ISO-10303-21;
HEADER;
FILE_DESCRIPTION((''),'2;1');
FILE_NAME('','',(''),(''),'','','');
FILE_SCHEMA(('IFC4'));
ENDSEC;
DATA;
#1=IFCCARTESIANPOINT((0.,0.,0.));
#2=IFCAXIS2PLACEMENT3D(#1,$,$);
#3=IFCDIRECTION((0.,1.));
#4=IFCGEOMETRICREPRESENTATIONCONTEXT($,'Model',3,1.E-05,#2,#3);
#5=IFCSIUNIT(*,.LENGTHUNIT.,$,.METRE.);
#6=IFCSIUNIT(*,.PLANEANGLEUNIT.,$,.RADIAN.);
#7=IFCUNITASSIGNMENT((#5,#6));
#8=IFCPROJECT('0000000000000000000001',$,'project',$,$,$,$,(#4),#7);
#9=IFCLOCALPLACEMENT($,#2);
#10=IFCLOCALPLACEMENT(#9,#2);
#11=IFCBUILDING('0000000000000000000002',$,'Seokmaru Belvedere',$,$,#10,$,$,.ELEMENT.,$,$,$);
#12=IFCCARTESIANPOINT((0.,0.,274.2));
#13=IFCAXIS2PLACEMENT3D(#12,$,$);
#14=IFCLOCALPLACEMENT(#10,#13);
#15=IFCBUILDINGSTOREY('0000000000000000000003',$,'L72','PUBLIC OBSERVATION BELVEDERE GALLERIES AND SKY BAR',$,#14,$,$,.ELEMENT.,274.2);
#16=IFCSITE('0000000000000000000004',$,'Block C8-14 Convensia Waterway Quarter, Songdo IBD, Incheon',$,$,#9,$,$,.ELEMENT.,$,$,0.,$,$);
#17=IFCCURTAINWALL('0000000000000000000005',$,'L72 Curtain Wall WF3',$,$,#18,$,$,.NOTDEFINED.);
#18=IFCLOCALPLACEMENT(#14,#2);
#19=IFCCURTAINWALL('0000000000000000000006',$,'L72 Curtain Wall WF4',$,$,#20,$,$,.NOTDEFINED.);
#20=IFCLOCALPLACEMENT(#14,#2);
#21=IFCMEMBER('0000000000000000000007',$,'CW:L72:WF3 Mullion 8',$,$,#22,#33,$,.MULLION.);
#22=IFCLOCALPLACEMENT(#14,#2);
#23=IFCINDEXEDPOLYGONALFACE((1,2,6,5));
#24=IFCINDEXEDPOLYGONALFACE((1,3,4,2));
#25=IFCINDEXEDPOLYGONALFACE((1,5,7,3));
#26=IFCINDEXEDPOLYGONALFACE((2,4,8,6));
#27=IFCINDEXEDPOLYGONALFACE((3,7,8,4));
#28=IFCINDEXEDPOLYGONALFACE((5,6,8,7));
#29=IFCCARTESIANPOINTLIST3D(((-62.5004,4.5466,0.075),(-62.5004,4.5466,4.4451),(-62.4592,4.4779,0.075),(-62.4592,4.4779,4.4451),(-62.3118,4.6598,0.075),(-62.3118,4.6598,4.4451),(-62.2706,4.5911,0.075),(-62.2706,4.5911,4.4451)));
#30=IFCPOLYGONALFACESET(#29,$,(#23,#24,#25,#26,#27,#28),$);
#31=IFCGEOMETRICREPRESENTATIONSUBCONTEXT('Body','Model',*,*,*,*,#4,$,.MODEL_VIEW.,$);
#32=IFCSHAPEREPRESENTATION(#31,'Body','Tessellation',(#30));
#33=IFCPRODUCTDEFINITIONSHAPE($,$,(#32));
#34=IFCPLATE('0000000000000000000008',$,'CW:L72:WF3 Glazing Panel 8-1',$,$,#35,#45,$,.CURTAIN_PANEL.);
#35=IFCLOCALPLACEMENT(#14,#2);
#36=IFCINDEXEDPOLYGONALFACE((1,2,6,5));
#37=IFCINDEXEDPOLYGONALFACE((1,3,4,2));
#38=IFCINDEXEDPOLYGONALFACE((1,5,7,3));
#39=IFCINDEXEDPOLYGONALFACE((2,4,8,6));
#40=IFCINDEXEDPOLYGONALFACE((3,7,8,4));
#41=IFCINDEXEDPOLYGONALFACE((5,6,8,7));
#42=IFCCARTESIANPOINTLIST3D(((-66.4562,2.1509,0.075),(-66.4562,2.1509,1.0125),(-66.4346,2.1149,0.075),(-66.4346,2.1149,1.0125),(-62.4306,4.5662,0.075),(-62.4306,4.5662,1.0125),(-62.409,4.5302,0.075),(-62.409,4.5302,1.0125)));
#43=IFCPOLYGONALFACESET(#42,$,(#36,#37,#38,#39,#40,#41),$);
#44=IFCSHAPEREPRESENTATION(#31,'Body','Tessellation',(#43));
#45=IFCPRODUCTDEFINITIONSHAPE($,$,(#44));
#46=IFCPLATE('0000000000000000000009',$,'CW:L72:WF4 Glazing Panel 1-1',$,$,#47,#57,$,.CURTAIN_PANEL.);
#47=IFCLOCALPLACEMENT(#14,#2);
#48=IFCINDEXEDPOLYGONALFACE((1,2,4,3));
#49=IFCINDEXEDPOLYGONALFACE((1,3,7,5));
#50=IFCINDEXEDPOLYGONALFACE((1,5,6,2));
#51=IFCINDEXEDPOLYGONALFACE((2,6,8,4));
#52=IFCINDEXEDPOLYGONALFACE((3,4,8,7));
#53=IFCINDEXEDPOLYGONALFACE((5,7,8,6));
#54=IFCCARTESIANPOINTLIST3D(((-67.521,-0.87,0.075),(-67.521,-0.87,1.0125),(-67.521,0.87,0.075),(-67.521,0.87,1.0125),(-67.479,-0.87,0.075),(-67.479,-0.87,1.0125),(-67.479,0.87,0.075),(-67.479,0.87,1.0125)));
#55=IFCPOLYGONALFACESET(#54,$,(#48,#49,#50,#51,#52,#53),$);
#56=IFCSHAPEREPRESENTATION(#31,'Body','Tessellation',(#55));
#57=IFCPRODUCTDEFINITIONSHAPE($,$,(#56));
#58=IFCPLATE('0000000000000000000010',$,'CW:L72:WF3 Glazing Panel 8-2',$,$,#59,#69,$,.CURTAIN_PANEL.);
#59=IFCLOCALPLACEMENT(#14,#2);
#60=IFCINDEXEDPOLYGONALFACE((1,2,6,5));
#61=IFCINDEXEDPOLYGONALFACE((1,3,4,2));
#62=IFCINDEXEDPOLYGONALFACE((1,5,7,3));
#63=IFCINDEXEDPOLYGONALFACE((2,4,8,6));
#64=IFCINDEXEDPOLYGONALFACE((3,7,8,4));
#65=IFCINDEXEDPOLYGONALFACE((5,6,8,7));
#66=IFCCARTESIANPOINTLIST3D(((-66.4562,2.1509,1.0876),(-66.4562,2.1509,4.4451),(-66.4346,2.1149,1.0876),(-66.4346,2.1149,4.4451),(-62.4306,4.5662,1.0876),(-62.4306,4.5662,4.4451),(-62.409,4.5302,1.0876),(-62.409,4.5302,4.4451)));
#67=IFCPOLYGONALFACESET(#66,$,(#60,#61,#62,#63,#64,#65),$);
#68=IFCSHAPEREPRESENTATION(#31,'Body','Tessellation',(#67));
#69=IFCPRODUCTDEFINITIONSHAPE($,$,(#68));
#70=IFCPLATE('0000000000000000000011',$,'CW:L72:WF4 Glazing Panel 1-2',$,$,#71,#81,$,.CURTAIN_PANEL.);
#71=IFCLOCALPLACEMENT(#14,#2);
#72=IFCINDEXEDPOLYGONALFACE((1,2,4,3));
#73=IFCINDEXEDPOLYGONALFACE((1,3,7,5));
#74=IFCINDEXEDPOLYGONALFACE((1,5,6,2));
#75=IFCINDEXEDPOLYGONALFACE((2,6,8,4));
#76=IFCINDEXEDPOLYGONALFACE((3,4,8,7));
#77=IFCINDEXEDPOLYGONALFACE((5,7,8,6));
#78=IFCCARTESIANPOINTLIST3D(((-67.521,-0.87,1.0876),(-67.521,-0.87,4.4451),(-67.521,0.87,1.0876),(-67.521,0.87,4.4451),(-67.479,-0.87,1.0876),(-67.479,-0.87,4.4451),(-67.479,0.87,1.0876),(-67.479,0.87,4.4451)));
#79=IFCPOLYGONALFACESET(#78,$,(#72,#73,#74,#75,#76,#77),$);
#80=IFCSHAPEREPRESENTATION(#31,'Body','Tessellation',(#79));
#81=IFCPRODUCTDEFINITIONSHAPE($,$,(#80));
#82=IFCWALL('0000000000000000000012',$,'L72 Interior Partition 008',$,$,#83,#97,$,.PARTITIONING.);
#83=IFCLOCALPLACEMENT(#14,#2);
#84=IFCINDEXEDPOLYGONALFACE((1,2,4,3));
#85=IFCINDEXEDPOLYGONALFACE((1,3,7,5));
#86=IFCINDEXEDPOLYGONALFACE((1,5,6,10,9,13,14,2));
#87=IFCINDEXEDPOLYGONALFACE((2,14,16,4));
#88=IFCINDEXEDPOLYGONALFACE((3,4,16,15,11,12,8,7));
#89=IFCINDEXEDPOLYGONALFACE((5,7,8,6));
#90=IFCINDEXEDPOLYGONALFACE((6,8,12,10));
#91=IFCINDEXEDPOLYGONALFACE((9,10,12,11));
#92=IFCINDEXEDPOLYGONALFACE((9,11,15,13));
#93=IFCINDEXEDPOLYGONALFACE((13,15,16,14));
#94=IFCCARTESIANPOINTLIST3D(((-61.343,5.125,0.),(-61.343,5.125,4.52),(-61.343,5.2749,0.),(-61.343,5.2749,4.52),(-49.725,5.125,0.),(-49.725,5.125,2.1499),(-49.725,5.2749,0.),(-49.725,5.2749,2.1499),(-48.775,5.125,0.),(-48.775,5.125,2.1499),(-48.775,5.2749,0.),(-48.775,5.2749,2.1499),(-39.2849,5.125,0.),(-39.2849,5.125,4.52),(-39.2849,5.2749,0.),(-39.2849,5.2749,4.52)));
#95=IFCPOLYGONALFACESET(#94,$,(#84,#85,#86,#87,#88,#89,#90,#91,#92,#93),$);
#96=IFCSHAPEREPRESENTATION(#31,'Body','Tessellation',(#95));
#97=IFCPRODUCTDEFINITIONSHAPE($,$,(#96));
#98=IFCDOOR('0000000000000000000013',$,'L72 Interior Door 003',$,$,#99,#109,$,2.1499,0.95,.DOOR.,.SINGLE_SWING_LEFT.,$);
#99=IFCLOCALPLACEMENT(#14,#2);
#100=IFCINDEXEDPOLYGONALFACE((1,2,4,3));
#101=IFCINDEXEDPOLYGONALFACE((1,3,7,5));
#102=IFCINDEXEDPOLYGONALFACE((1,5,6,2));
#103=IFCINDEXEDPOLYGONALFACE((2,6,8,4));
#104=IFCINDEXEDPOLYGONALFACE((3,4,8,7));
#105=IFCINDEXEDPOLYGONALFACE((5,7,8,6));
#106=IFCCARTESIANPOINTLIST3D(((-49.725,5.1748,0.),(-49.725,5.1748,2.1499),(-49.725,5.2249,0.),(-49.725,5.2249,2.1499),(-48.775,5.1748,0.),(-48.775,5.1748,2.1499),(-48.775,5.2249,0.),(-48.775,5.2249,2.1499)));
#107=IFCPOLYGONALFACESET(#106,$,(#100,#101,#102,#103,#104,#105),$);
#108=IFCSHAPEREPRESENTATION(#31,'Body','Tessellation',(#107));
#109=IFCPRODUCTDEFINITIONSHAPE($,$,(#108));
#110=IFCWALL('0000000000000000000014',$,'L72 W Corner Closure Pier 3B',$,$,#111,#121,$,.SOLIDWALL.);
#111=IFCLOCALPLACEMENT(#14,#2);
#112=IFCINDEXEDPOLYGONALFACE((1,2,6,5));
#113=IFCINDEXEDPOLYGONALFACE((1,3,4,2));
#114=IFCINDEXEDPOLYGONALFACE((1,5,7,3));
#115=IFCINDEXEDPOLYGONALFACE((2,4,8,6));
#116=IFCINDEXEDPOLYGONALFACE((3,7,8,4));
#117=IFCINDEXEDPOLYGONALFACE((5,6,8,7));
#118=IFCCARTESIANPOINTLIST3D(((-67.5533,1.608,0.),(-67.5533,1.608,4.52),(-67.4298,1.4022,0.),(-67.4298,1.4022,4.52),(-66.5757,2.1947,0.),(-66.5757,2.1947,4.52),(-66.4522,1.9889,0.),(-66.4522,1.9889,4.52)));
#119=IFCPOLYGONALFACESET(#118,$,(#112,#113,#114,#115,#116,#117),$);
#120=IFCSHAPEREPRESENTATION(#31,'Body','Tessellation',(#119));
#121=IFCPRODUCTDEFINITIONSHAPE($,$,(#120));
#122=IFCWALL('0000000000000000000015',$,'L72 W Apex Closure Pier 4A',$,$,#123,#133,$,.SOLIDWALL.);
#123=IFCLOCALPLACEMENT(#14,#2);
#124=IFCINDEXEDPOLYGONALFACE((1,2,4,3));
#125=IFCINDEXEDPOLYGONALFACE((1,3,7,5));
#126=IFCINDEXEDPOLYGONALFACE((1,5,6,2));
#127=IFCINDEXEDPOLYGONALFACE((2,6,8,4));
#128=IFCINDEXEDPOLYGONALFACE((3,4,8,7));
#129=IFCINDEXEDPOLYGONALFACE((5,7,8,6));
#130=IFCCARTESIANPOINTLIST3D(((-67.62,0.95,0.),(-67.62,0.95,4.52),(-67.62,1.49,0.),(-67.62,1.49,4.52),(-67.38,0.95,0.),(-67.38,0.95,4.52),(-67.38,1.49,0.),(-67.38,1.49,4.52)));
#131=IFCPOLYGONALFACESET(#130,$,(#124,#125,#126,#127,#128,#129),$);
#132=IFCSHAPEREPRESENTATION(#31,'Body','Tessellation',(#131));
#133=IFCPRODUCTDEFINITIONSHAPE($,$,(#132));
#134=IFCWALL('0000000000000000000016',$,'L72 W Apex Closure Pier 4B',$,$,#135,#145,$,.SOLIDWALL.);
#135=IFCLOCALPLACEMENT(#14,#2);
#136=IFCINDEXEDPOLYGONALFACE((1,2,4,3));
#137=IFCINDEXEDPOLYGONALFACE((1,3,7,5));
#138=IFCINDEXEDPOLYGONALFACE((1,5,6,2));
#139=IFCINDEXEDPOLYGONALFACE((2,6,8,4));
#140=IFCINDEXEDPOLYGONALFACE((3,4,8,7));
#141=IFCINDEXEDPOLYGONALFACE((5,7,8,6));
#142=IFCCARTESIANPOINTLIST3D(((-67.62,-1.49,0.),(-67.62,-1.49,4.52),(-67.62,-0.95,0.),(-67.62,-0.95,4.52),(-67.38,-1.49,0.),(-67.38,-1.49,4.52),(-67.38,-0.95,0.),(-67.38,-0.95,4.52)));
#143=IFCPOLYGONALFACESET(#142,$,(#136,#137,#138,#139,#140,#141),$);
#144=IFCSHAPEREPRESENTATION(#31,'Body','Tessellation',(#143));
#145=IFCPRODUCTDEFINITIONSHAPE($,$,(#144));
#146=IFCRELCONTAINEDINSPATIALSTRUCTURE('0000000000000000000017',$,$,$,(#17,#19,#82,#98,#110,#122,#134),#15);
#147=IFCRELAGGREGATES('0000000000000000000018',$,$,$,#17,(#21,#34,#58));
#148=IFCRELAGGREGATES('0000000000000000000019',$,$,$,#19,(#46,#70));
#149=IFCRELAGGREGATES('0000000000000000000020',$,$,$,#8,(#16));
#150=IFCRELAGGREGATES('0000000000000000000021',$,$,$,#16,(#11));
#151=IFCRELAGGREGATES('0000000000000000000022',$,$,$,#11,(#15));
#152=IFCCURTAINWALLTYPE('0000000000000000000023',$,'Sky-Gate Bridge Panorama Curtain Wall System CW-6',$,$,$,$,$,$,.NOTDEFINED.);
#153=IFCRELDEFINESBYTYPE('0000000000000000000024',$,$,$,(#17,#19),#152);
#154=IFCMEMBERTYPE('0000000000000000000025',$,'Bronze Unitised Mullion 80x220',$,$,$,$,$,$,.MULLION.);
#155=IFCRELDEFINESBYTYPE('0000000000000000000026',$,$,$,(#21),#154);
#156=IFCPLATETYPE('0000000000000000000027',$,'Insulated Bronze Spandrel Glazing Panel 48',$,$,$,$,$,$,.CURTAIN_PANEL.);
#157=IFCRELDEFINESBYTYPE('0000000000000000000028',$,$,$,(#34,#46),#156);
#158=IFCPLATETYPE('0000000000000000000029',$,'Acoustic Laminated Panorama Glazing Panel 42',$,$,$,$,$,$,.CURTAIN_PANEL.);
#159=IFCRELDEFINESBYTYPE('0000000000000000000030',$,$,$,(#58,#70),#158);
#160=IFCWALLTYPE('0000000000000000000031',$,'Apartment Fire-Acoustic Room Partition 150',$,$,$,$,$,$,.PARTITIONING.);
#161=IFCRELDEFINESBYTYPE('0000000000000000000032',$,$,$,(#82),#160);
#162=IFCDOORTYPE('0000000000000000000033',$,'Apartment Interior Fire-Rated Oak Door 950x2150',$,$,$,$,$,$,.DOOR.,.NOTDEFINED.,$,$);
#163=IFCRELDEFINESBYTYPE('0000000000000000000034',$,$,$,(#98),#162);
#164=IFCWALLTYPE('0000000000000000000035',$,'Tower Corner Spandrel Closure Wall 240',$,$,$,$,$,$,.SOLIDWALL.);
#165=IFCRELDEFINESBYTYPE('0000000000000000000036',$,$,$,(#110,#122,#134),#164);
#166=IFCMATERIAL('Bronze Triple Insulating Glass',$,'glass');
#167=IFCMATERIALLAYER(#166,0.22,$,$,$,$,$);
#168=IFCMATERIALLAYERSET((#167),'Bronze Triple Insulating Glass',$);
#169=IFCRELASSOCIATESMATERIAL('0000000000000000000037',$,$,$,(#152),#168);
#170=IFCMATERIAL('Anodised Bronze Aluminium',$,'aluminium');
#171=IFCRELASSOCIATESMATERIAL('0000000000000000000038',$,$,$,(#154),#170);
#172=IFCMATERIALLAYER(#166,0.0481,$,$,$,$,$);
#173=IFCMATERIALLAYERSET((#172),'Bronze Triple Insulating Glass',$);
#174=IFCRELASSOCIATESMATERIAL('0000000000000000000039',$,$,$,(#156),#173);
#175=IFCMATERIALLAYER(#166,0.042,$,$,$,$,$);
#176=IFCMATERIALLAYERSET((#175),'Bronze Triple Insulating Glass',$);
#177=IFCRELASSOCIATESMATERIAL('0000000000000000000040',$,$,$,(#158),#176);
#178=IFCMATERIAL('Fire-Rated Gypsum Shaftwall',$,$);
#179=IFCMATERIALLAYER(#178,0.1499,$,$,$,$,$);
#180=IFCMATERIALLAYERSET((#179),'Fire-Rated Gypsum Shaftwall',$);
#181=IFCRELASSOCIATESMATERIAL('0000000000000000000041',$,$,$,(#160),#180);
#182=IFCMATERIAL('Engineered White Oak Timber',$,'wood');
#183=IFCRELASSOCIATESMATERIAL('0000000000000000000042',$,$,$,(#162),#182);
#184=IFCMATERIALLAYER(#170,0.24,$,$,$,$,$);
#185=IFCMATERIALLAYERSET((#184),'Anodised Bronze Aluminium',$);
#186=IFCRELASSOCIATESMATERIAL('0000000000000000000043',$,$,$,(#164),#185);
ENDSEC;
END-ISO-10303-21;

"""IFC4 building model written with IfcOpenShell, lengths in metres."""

from ifc_helpers import new_model, si_unit, direction, frame, frame_2d, origin, origin_2d, place, context, subcontext, project, spatial, rectangle, extrude, source, transform, mapped, material, layer, layer_set, material_profile, profile_set, type_object, type_shapes, element, fill, aggregate, save


model = new_model("IFC4")

# Units and contexts
model_context = context("Model", 3, precision=1e-05, world=origin(), true_north=direction((0.0, 1.0)))
body_context = subcontext(model_context, "Body", "Model", "MODEL_VIEW")
ifc_project = project(units=[si_unit("LENGTHUNIT", "METRE"), si_unit("PLANEANGLEUNIT", "RADIAN")], contexts=[model_context])

# Site, building, storey
site_placement = place(None, origin())
site = spatial("IfcSite", under=ifc_project, at=site_placement, Name="Block C8-14 Convensia Waterway Quarter, Songdo IBD, Incheon", CompositionType="ELEMENT", RefElevation=0.0)
building_placement = place(site_placement, origin())
building = spatial("IfcBuilding", under=site, at=building_placement, Name="Seokmaru Belvedere", CompositionType="ELEMENT")
storey_placement = place(building_placement, frame((0.0, 0.0, 274.2)))
storey = spatial("IfcBuildingStorey", under=building, at=storey_placement, Name="L72", Description="PUBLIC OBSERVATION BELVEDERE GALLERIES AND SKY BAR", CompositionType="ELEMENT", Elevation=274.2)

# Curtain wall
ifc_material_1 = material(Name="Bronze Triple Insulating Glass", Category="glass")
ifc_layer_1 = layer(ifc_material_1, 0.22)
ifc_layer_set_1 = layer_set([ifc_layer_1], Name="Bronze Triple Insulating Glass")
curtain_wall_type = type_object("IfcCurtainWallType", Name="Sky-Gate Bridge Panorama Curtain Wall System CW-6", PredefinedType="NOTDEFINED", material=ifc_layer_set_1)
curtain_wall_1_placement = place(storey_placement, origin())
curtain_wall_1 = element("IfcCurtainWall", 1, at=curtain_wall_1_placement, inside=storey, type_object=curtain_wall_type, Name="L72 Curtain Wall WF3", PredefinedType="NOTDEFINED")
ifc_material_2 = material(Name="Anodised Bronze Aluminium", Category="aluminium")

# Curtain wall
curtain_wall_2_placement = place(storey_placement, origin())
curtain_wall_2 = element("IfcCurtainWall", 2, at=curtain_wall_2_placement, inside=storey, type_object=curtain_wall_type, Name="L72 Curtain Wall WF4", PredefinedType="NOTDEFINED")

# Member
ifc_material_profile_1 = material_profile(ifc_material_2, rectangle(XDim=0.0801, YDim=0.22, at=origin_2d()), Name="CW-M-80x220")
ifc_profile_set_1 = profile_set([ifc_material_profile_1], Name="Anodised Bronze Aluminium")
member_type_1 = type_object("IfcMemberType", Name="Bronze Unitised Mullion 80x220", PredefinedType="MULLION", material=ifc_profile_set_1)
shared_shape_1 = source(origin(), body_context, "Body", "SweptSolid", [
    extrude(rectangle(XDim=0.0801, YDim=0.22, at=origin_2d()), origin(), (0.0, 0.0, 1.0), 4.3701),
])
member_1_placement = place(storey_placement, frame((-62.3855, 4.5688, 0.075), z_axis=(0.0, 0.0, 1.0), x_axis=(0.514495, -0.857493, 0.0)))
member_1 = element("IfcMember", 3, at=member_1_placement, type_object=member_type_1, Name="CW:L72:WF3 Mullion 8", PredefinedType="MULLION", context=body_context, shape_type="MappedRepresentation", body=[
    mapped(shared_shape_1, transform((0.0, 0.0, 0.0), scale=1.0)),
])

# Plates
ifc_layer_2 = layer(ifc_material_1, 0.0481)
ifc_layer_set_2 = layer_set([ifc_layer_2], Name="Bronze Triple Insulating Glass")
plate_type_1 = type_object("IfcPlateType", Name="Insulated Bronze Spandrel Glazing Panel 48", PredefinedType="CURTAIN_PANEL", material=ifc_layer_set_2)
shared_shape_2 = source(origin(), body_context, "Body", "SweptSolid", [
    extrude(rectangle(XDim=4.6946, YDim=0.042, at=origin_2d()), origin(), (0.0, 0.0, 1.0), 0.9375),
])
plate_1_placement = place(storey_placement, frame((-64.4326, 3.3406, 0.075), z_axis=(0.0, 0.0, 1.0), x_axis=(-0.857493, -0.514495, 0.0)))
plate_1 = element("IfcPlate", 4, at=plate_1_placement, type_object=plate_type_1, Name="CW:L72:WF3 Glazing Panel 8-1", PredefinedType="CURTAIN_PANEL", context=body_context, shape_type="MappedRepresentation", body=[
    mapped(shared_shape_2, transform((0.0, 0.0, 0.0), scale=1.0)),
])
shared_shape_3 = source(origin(), body_context, "Body", "SweptSolid", [
    extrude(rectangle(XDim=1.74, YDim=0.042, at=origin_2d()), origin(), (0.0, 0.0, 1.0), 0.9375),
])
type_shapes(plate_type_1, [shared_shape_2, shared_shape_3])
plate_2_placement = place(storey_placement, frame((-67.5, 0.0, 0.075), z_axis=(0.0, 0.0, 1.0), x_axis=(0.0, -1.0, 0.0)))
plate_2 = element("IfcPlate", 5, at=plate_2_placement, type_object=plate_type_1, Name="CW:L72:WF4 Glazing Panel 1-1", PredefinedType="CURTAIN_PANEL", context=body_context, shape_type="MappedRepresentation", body=[
    mapped(shared_shape_3, transform((0.0, 0.0, 0.0), scale=1.0)),
])
ifc_layer_3 = layer(ifc_material_1, 0.042)
ifc_layer_set_3 = layer_set([ifc_layer_3], Name="Bronze Triple Insulating Glass")
plate_type_2 = type_object("IfcPlateType", Name="Acoustic Laminated Panorama Glazing Panel 42", PredefinedType="CURTAIN_PANEL", material=ifc_layer_set_3)
shared_shape_4 = source(origin(), body_context, "Body", "SweptSolid", [
    extrude(rectangle(XDim=4.6946, YDim=0.042, at=origin_2d()), origin(), (0.0, 0.0, 1.0), 3.3574),
])
plate_3_placement = place(storey_placement, frame((-64.4326, 3.3406, 1.0876), z_axis=(0.0, 0.0, 1.0), x_axis=(-0.857493, -0.514495, 0.0)))
plate_3 = element("IfcPlate", 6, at=plate_3_placement, type_object=plate_type_2, Name="CW:L72:WF3 Glazing Panel 8-2", PredefinedType="CURTAIN_PANEL", context=body_context, shape_type="MappedRepresentation", body=[
    mapped(shared_shape_4, transform((0.0, 0.0, 0.0), scale=1.0)),
])
aggregate(curtain_wall_1, [member_1, plate_1, plate_3])
shared_shape_5 = source(origin(), body_context, "Body", "SweptSolid", [
    extrude(rectangle(XDim=1.74, YDim=0.042, at=origin_2d()), origin(), (0.0, 0.0, 1.0), 3.3574),
])
type_shapes(plate_type_2, [shared_shape_4, shared_shape_5])
plate_4_placement = place(storey_placement, frame((-67.5, 0.0, 1.0876), z_axis=(0.0, 0.0, 1.0), x_axis=(0.0, -1.0, 0.0)))
plate_4 = element("IfcPlate", 7, at=plate_4_placement, type_object=plate_type_2, Name="CW:L72:WF4 Glazing Panel 1-2", PredefinedType="CURTAIN_PANEL", context=body_context, shape_type="MappedRepresentation", body=[
    mapped(shared_shape_5, transform((0.0, 0.0, 0.0), scale=1.0)),
])
aggregate(curtain_wall_2, [plate_2, plate_4])

# Wall, opening, door
ifc_material_3 = material(Name="Fire-Rated Gypsum Shaftwall")
ifc_layer_4 = layer(ifc_material_3, 0.1499)
ifc_layer_set_4 = layer_set([ifc_layer_4], Name="Fire-Rated Gypsum Shaftwall")
wall_type_1 = type_object("IfcWallType", Name="Apartment Fire-Acoustic Room Partition 150", PredefinedType="PARTITIONING", material=ifc_layer_set_4)
wall_1_placement = place(storey_placement, frame((-61.343, 5.2, 0.0), z_axis=(0.0, 0.0, 1.0), x_axis=(1.0, 0.0, 0.0)))
wall_1 = element("IfcWall", 8, at=wall_1_placement, inside=storey, type_object=wall_type_1, Name="L72 Interior Partition 008", PredefinedType="PARTITIONING", context=body_context, shape_type="SweptSolid", body=[
    extrude(rectangle(XDim=22.0581, YDim=0.1499, at=frame_2d((11.0291, 0.0))), origin(), (0.0, 0.0, 1.0), 4.52),
])
opening_placement = place(wall_1_placement, frame((11.6179, 0.0, 0.0)))
opening = element("IfcOpeningElement", 9, at=opening_placement, cuts=wall_1, PredefinedType="OPENING", context=body_context, shape_type="SweptSolid", body=[
    extrude(rectangle(XDim=0.95, YDim=2.1499, at=frame_2d((0.4751, 1.075))), frame((0.0, 0.085, 0.0), z_axis=(0.0, -1.0, 0.0), x_axis=(1.0, 0.0, 0.0)), (0.0, 0.0, 1.0), 0.1699),
])
ifc_material_4 = material(Name="Engineered White Oak Timber", Category="wood")
door_type = type_object("IfcDoorType", Name="Apartment Interior Fire-Rated Oak Door 950x2150", OperationType="NOTDEFINED", PredefinedType="DOOR", material=ifc_material_4)
shared_shape_6 = source(origin(), body_context, "Body", "SweptSolid", [
    extrude(rectangle(XDim=0.95, YDim=2.1499, at=frame_2d((0.4751, 1.075))), frame((0.0, 0.0249, 0.0), z_axis=(0.0, -1.0, 0.0), x_axis=(1.0, 0.0, 0.0)), (0.0, 0.0, 1.0), 0.05),
])
type_shapes(door_type, [shared_shape_6])
door_placement = place(opening_placement, origin())
door = element("IfcDoor", 10, at=door_placement, inside=storey, type_object=door_type, Name="L72 Interior Door 003", OperationType="SINGLE_SWING_LEFT", OverallHeight=2.1499, OverallWidth=0.95, PredefinedType="DOOR", context=body_context, shape_type="MappedRepresentation", body=[
    mapped(shared_shape_6, transform((0.0, 0.0, 0.0), scale=1.0)),
])
fill(opening, door)

# Walls
ifc_layer_5 = layer(ifc_material_2, 0.24)
ifc_layer_set_5 = layer_set([ifc_layer_5], Name="Anodised Bronze Aluminium")
wall_type_2 = type_object("IfcWallType", Name="Tower Corner Spandrel Closure Wall 240", PredefinedType="SOLIDWALL", material=ifc_layer_set_5)
wall_2_placement = place(storey_placement, frame((-66.5139, 2.0918, 0.0), z_axis=(0.0, 0.0, 1.0), x_axis=(-0.857436, -0.51459, 0.0)))
element("IfcWall", 11, at=wall_2_placement, inside=storey, type_object=wall_type_2, Name="L72 W Corner Closure Pier 3B", PredefinedType="SOLIDWALL", context=body_context, shape_type="SweptSolid", body=[
    extrude(rectangle(XDim=1.1401, YDim=0.24, at=frame_2d((0.5701, 0.0))), origin(), (0.0, 0.0, 1.0), 4.52),
])
for number, where, z_axis, x_axis, name in (
    (12, (-67.5, 1.49, 0.0), (0.0, 0.0, 1.0), (0.0, -1.0, 0.0), "L72 W Apex Closure Pier 4A"),
    (13, (-67.5, -0.95, 0.0), (0.0, 0.0, 1.0), (0.0, -1.0, 0.0), "L72 W Apex Closure Pier 4B"),
):
    element("IfcWall", number, at=place(storey_placement, frame(where, z_axis=z_axis, x_axis=x_axis)), inside=storey, type_object=wall_type_2, Name=name, PredefinedType="SOLIDWALL", context=body_context, shape_type="SweptSolid", body=[
        extrude(rectangle(XDim=0.54, YDim=0.24, at=frame_2d((0.27, 0.0))), origin(), (0.0, 0.0, 1.0), 4.52),
    ])

save(model, "model.ifc")
